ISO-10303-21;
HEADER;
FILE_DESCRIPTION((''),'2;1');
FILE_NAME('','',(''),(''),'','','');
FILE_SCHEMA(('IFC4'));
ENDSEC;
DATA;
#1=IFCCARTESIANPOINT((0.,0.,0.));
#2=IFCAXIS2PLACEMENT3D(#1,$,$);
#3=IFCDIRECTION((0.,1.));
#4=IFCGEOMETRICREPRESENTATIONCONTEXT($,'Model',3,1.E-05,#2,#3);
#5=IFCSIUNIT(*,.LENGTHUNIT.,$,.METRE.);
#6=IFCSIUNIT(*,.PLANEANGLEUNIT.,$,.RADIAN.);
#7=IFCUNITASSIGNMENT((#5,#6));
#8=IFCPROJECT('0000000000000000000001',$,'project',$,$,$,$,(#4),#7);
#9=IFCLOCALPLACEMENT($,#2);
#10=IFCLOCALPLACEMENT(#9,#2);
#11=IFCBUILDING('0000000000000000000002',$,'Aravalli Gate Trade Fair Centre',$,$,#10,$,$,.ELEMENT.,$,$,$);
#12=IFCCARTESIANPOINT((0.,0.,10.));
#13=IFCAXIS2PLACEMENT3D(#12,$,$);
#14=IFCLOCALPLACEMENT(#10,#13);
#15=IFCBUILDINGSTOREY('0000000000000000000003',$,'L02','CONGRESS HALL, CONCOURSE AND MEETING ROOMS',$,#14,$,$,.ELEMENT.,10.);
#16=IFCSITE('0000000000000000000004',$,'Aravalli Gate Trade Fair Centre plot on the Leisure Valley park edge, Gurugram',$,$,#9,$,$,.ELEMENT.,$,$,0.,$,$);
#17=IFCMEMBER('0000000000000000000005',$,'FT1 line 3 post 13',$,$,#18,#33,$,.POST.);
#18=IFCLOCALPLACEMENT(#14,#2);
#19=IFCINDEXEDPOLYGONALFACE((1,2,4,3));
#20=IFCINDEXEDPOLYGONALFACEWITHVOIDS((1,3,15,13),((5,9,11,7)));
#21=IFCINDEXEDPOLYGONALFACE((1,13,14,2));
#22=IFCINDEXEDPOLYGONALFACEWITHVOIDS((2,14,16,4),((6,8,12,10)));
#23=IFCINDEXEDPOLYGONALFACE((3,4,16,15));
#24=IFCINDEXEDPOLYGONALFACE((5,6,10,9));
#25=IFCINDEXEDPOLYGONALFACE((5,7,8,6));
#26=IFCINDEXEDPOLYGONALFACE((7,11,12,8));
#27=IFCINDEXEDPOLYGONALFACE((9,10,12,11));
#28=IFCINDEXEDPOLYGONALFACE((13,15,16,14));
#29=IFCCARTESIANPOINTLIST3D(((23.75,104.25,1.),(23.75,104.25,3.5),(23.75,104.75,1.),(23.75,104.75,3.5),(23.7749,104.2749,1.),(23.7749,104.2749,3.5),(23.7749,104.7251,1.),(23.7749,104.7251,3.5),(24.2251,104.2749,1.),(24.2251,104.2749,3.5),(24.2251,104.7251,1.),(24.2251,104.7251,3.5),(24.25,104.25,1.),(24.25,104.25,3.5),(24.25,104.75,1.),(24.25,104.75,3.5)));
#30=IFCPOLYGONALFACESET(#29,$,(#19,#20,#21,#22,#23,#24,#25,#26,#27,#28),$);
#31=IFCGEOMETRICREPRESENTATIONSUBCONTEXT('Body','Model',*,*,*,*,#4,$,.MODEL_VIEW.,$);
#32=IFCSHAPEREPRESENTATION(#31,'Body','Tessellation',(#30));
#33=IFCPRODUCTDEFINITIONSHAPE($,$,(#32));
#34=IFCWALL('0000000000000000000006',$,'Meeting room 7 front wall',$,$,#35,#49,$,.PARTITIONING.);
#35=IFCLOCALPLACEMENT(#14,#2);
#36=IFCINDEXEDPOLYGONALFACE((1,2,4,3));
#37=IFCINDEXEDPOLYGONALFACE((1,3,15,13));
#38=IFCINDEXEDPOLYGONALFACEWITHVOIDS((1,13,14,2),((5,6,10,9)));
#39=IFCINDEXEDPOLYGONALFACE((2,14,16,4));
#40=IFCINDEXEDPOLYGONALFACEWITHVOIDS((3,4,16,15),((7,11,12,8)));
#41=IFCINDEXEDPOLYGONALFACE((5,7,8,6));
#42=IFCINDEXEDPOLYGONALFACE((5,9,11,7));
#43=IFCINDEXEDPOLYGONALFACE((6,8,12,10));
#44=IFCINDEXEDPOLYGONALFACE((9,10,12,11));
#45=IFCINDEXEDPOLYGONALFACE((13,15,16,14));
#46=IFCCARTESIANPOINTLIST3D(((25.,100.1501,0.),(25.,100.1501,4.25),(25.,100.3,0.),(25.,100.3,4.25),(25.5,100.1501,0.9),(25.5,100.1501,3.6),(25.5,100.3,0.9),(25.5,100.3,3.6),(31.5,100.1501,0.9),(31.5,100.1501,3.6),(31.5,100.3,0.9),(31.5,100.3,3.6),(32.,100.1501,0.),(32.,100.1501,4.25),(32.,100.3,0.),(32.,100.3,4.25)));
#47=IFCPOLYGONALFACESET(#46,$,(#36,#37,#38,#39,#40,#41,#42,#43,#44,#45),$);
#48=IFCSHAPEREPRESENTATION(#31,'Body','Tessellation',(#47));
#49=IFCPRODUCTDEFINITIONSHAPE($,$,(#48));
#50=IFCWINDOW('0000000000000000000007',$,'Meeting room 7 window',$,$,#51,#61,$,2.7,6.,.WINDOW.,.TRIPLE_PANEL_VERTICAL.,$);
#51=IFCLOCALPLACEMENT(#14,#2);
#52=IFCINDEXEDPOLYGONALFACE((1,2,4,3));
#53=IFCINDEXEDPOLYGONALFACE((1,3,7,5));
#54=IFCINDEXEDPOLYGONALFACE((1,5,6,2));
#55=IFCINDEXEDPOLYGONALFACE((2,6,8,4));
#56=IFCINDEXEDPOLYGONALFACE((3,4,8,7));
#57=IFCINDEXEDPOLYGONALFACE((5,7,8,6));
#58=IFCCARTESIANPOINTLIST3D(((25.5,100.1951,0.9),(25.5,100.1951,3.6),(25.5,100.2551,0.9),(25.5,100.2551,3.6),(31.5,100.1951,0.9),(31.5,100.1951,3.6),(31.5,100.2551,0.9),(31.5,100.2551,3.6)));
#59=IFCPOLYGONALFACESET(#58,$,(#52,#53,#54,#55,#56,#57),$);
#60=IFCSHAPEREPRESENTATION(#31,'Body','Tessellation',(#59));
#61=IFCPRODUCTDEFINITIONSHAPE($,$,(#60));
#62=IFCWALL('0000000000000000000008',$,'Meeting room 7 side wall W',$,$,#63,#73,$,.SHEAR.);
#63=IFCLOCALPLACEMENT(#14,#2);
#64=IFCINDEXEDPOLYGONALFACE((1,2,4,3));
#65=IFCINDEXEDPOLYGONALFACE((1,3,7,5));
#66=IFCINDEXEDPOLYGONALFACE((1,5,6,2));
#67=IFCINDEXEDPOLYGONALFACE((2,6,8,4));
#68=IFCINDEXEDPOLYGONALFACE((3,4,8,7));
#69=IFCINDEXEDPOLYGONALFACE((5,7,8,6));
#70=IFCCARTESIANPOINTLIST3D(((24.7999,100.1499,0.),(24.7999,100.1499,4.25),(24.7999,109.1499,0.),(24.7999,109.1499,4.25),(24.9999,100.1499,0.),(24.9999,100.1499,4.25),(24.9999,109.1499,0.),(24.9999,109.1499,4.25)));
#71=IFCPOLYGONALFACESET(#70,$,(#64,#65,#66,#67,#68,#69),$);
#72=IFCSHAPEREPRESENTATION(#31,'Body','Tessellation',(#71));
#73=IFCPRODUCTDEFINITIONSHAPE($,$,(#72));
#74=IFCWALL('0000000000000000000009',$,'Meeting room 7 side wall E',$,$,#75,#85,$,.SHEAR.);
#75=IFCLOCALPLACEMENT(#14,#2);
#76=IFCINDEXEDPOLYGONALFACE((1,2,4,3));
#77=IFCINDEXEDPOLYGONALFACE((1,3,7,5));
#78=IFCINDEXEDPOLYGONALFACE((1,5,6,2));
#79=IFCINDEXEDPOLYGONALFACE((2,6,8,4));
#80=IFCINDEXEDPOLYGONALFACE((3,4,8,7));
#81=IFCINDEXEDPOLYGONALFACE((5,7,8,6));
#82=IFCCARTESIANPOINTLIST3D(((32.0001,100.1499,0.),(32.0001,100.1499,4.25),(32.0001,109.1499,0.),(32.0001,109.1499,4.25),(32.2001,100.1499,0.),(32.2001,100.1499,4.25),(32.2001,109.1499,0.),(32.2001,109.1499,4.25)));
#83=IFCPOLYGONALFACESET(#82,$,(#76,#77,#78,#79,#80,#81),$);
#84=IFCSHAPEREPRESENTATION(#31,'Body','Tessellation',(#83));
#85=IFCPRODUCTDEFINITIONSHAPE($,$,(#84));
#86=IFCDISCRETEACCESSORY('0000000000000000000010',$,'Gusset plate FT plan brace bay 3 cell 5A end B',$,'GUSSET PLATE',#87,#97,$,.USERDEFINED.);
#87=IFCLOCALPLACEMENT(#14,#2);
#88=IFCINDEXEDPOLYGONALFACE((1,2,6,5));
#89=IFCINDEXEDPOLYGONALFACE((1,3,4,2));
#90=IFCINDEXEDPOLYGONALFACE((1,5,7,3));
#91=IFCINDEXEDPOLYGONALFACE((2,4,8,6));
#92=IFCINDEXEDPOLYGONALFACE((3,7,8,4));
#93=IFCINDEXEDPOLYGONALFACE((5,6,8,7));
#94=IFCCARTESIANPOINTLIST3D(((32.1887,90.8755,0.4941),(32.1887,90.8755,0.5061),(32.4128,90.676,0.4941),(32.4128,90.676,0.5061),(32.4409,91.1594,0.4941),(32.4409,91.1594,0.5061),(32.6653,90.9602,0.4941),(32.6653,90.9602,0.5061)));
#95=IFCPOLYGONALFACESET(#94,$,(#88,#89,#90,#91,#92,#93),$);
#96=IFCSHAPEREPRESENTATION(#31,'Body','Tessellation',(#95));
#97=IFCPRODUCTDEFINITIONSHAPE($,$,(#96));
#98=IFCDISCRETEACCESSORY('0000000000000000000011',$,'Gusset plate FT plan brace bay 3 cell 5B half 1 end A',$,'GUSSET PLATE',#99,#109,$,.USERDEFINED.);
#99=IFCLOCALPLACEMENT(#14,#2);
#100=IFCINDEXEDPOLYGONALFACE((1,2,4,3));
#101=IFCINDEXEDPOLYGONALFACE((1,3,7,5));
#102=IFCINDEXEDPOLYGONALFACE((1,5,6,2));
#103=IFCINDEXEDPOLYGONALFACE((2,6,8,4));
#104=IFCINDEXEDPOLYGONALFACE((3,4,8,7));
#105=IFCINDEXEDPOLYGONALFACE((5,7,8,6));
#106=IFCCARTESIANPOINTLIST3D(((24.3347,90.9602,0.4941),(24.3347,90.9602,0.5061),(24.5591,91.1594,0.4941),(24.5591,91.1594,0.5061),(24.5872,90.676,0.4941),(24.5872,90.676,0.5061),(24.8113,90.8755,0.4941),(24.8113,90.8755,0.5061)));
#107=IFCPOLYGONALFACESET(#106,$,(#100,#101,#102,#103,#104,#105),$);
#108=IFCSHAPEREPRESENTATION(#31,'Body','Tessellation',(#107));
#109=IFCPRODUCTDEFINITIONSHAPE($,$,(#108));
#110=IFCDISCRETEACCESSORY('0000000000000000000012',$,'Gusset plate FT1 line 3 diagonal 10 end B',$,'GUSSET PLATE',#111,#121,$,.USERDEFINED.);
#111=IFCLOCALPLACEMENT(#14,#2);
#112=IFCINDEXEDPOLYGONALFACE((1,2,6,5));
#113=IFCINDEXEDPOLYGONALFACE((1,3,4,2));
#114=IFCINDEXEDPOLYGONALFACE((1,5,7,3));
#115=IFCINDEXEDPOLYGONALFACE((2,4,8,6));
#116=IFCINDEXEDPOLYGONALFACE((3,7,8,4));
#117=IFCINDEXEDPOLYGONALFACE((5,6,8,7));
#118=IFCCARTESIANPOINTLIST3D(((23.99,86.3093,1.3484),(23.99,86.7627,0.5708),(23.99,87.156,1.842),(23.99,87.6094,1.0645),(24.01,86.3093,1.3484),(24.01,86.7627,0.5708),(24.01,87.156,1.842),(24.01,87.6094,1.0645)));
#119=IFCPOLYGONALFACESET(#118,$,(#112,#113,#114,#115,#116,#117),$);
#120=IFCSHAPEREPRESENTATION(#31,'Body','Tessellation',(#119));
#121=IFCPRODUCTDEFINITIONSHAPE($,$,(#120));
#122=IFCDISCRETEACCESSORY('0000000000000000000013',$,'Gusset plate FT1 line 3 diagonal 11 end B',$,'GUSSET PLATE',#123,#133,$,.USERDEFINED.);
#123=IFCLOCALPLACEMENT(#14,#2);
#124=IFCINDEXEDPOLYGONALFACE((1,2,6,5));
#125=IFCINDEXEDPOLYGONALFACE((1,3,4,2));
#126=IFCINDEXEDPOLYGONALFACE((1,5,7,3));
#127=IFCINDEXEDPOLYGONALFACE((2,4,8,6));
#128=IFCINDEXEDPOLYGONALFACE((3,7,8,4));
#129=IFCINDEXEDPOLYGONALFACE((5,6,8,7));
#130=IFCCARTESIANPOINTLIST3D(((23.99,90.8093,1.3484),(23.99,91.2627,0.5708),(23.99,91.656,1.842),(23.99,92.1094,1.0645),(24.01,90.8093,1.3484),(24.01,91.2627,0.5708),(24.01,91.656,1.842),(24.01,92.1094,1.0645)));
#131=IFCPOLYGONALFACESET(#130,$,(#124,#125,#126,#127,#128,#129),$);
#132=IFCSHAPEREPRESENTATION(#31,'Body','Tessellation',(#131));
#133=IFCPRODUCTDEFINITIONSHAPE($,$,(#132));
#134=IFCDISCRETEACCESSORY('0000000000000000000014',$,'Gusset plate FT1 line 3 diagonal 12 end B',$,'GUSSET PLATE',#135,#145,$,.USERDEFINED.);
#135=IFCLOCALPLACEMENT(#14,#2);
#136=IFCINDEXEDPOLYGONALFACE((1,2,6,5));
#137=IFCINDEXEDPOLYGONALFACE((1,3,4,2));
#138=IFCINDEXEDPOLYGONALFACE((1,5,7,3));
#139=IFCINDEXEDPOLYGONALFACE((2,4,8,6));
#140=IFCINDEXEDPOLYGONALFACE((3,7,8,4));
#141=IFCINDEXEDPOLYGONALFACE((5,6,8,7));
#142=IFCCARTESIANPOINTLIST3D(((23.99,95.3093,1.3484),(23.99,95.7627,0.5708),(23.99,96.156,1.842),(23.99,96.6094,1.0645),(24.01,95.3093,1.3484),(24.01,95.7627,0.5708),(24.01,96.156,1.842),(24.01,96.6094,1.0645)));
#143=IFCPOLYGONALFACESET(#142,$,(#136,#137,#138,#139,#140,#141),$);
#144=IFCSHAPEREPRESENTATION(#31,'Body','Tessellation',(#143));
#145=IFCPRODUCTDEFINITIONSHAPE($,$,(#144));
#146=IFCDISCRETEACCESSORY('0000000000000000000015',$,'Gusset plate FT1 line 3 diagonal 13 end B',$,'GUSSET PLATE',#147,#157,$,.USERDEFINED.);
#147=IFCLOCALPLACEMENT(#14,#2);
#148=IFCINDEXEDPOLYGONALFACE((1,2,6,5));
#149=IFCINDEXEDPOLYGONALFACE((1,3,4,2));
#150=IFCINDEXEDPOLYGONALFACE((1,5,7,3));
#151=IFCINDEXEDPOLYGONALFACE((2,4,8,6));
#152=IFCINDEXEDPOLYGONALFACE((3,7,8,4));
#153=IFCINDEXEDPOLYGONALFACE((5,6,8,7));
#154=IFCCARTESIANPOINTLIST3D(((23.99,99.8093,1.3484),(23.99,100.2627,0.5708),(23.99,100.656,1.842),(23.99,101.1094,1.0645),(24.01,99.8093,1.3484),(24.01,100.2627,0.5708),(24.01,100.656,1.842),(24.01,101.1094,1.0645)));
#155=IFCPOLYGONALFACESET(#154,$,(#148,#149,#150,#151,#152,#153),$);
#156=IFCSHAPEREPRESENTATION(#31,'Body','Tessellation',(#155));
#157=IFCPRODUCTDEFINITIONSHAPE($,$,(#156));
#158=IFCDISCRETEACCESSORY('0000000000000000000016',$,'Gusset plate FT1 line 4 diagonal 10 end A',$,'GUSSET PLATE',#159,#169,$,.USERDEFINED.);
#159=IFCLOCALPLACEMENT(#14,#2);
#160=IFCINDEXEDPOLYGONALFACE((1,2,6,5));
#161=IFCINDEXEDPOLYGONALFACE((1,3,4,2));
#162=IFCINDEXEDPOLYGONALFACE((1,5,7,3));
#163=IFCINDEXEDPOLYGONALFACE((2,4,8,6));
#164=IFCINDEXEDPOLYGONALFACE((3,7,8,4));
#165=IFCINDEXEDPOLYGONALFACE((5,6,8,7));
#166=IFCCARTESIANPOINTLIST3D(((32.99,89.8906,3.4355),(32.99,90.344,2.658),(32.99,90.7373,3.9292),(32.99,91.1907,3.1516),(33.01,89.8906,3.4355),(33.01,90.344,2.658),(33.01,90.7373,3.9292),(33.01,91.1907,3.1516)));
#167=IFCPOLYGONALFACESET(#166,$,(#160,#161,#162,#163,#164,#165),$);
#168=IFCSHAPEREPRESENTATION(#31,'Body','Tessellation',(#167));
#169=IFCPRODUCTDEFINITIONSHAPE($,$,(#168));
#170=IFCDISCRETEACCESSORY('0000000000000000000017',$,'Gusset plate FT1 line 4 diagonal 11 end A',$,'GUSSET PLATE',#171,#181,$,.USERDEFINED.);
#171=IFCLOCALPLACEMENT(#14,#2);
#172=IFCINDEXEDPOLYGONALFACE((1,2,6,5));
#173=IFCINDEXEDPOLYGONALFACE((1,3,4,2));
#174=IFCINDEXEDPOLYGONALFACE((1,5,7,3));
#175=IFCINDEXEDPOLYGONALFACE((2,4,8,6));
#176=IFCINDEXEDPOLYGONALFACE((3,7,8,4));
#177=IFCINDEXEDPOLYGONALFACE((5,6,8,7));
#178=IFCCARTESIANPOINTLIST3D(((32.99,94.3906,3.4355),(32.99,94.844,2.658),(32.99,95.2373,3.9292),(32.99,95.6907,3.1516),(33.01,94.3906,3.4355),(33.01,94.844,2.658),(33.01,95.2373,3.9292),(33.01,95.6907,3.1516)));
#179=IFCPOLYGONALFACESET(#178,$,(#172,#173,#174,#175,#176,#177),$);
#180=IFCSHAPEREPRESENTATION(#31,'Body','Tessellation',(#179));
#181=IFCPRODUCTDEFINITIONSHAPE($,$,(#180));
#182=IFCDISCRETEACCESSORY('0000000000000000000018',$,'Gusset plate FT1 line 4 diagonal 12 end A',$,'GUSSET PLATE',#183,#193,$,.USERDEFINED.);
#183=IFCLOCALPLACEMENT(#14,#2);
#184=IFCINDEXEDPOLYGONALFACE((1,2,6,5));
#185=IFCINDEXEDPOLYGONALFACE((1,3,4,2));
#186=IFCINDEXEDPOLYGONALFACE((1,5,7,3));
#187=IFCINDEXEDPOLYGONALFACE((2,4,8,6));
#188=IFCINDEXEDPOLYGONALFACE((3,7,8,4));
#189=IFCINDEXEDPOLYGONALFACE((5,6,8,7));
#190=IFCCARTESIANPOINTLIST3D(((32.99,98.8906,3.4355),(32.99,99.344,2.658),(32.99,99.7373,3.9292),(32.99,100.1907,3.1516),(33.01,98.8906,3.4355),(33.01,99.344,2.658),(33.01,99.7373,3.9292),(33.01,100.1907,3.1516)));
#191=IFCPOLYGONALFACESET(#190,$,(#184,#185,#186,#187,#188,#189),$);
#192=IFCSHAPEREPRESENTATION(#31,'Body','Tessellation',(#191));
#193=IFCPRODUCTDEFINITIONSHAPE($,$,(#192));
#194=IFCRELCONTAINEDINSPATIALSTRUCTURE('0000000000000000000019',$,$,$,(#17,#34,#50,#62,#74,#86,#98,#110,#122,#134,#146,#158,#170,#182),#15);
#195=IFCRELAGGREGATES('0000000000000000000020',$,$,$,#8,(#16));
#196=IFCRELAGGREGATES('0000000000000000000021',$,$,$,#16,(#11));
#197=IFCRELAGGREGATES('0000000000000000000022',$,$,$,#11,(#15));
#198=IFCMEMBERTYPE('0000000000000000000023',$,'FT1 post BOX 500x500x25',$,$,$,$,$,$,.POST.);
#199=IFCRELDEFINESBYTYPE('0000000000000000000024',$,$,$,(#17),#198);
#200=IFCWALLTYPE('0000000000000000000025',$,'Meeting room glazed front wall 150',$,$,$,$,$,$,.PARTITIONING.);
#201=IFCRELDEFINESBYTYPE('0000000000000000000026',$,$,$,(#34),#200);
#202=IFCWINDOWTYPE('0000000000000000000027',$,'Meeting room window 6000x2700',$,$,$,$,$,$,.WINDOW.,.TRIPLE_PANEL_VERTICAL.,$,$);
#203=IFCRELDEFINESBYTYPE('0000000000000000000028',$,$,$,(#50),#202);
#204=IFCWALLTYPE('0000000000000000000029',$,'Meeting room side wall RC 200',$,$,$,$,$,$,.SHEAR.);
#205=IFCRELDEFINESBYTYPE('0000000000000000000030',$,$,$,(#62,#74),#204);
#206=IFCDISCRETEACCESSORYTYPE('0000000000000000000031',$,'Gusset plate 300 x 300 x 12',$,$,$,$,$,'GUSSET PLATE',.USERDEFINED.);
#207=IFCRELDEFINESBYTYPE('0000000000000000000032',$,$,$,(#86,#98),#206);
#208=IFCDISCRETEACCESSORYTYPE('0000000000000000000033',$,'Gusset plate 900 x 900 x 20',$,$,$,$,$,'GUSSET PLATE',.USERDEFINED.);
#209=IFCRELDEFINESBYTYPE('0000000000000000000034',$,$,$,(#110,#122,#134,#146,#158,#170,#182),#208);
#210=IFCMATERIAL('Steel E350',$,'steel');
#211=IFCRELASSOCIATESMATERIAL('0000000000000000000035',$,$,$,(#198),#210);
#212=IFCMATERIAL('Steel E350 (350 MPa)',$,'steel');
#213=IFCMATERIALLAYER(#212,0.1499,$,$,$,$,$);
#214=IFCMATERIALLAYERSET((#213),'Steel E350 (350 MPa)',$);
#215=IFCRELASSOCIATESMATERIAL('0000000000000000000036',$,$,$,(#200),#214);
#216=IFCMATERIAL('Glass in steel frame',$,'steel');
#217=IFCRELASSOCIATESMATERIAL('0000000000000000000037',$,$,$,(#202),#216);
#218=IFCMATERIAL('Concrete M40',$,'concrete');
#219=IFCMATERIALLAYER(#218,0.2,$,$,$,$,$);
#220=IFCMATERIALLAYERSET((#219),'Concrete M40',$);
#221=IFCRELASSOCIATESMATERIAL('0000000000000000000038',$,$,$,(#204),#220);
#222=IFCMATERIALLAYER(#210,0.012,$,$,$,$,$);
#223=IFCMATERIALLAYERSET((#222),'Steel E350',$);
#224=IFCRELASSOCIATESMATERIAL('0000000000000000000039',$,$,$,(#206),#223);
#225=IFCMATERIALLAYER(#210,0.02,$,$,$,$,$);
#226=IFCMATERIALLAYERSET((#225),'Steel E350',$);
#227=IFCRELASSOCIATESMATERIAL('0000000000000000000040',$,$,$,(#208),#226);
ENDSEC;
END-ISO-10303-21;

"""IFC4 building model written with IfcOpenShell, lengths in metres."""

from ifc_helpers import new_model, si_unit, direction, frame, frame_2d, origin, origin_2d, place, context, subcontext, project, spatial, polyline, rectangle, hollow_rectangle, outline, extrude, material, layer, layer_set, material_profile, profile_set, type_object, element, fill, save


model = new_model("IFC4")

# Units and contexts
model_context = context("Model", 3, precision=1e-05, world=origin(), true_north=direction((0.0, 1.0)))
body_context = subcontext(model_context, "Body", "Model", "MODEL_VIEW")
ifc_project = project(units=[si_unit("LENGTHUNIT", "METRE"), si_unit("PLANEANGLEUNIT", "RADIAN")], contexts=[model_context])

# Site, building, storey
site_placement = place(None, origin())
site = spatial("IfcSite", under=ifc_project, at=site_placement, Name="Aravalli Gate Trade Fair Centre plot on the Leisure Valley park edge, Gurugram", CompositionType="ELEMENT", RefElevation=0.0)
building_placement = place(site_placement, origin())
building = spatial("IfcBuilding", under=site, at=building_placement, Name="Aravalli Gate Trade Fair Centre", CompositionType="ELEMENT")
storey_placement = place(building_placement, frame((0.0, 0.0, 10.0)))
storey = spatial("IfcBuildingStorey", under=building, at=storey_placement, Name="L02", Description="CONGRESS HALL, CONCOURSE AND MEETING ROOMS", CompositionType="ELEMENT", Elevation=10.0)

# Member
ifc_material_1 = material(Name="Steel E350", Category="steel")
ifc_material_profile_1 = material_profile(ifc_material_1, hollow_rectangle(XDim=0.5, YDim=0.5, WallThickness=0.0249, at=origin_2d()), Name="BOX 500x500x25")
ifc_profile_set_1 = profile_set([ifc_material_profile_1], Name="Steel E350")
member_type_1 = type_object("IfcMemberType", Name="FT1 post BOX 500x500x25", PredefinedType="POST", material=ifc_profile_set_1)
for number, where, z_axis, x_axis, name in (
    (1, (24.0, 104.5, 1.0), (0.0, 0.0, 1.0), (1.0, 0.0, 0.0), "FT1 line 3 post 13"),
):
    element("IfcMember", number, at=place(storey_placement, frame(where, z_axis=z_axis, x_axis=x_axis)), inside=storey, type_object=member_type_1, Name=name, PredefinedType="POST", context=body_context, shape_type="SweptSolid", body=[
        extrude(hollow_rectangle(XDim=0.5, YDim=0.5, WallThickness=0.0249, at=origin_2d()), origin(), (0.0, 0.0, 1.0), 2.5),
    ])

# Wall, opening, window
ifc_material_2 = material(Name="Steel E350 (350 MPa)", Category="steel")
ifc_layer_1 = layer(ifc_material_2, 0.1499)
ifc_layer_set_1 = layer_set([ifc_layer_1], Name="Steel E350 (350 MPa)")
wall_type_1 = type_object("IfcWallType", Name="Meeting room glazed front wall 150", PredefinedType="PARTITIONING", material=ifc_layer_set_1)
wall_placement = place(storey_placement, frame((25.0, 100.2251, 0.0), z_axis=(0.0, 0.0, 1.0), x_axis=(1.0, 0.0, 0.0)))
wall = element("IfcWall", 2, at=wall_placement, inside=storey, type_object=wall_type_1, Name="Meeting room 7 front wall", PredefinedType="PARTITIONING", context=body_context, shape_type="SweptSolid", body=[
    extrude(rectangle(XDim=7.0, YDim=0.1499, at=frame_2d((3.5, 0.0))), origin(), (0.0, 0.0, 1.0), 4.25),
])
opening_placement = place(wall_placement, frame((0.5, 0.0, 0.8999)))
opening = element("IfcOpeningElement", 3, at=opening_placement, cuts=wall, PredefinedType="OPENING", context=body_context, shape_type="SweptSolid", body=[
    extrude(rectangle(XDim=6.0, YDim=2.7, at=frame_2d((3.0, 1.3501))), frame((0.0, 0.085, 0.0), z_axis=(0.0, -1.0, 0.0), x_axis=(1.0, 0.0, 0.0)), (0.0, 0.0, 1.0), 0.1699),
])
ifc_material_3 = material(Name="Glass in steel frame", Category="steel")
window_type = type_object("IfcWindowType", Name="Meeting room window 6000x2700", PartitioningType="TRIPLE_PANEL_VERTICAL", PredefinedType="WINDOW", material=ifc_material_3)
window_placement = place(opening_placement, origin())
window = element("IfcWindow", 4, at=window_placement, inside=storey, type_object=window_type, Name="Meeting room 7 window", OverallHeight=2.7, OverallWidth=6.0, PartitioningType="TRIPLE_PANEL_VERTICAL", PredefinedType="WINDOW", context=body_context, shape_type="SweptSolid", body=[
    extrude(rectangle(XDim=6.0, YDim=2.7, at=frame_2d((3.0, 1.3501))), frame((0.0, 0.03, 0.0), z_axis=(0.0, -1.0, 0.0), x_axis=(1.0, 0.0, 0.0)), (0.0, 0.0, 1.0), 0.0601),
])
fill(opening, window)

# Walls
ifc_material_4 = material(Name="Concrete M40", Category="concrete")
ifc_layer_2 = layer(ifc_material_4, 0.2)
ifc_layer_set_2 = layer_set([ifc_layer_2], Name="Concrete M40")
wall_type_2 = type_object("IfcWallType", Name="Meeting room side wall RC 200", PredefinedType="SHEAR", material=ifc_layer_set_2)
for number, where, z_axis, x_axis, name in (
    (5, (24.8999, 100.1499, 0.0), (0.0, 0.0, 1.0), (0.0, 1.0, 0.0), "Meeting room 7 side wall W"),
    (6, (32.1001, 100.1499, 0.0), (0.0, 0.0, 1.0), (0.0, 1.0, 0.0), "Meeting room 7 side wall E"),
):
    element("IfcWall", number, at=place(storey_placement, frame(where, z_axis=z_axis, x_axis=x_axis)), inside=storey, type_object=wall_type_2, Name=name, PredefinedType="SHEAR", context=body_context, shape_type="SweptSolid", body=[
        extrude(rectangle(XDim=9.0, YDim=0.2, at=frame_2d((4.5, 0.0))), origin(), (0.0, 0.0, 1.0), 4.25),
    ])

# Discrete accessories
ifc_layer_3 = layer(ifc_material_1, 0.012)
ifc_layer_set_3 = layer_set([ifc_layer_3], Name="Steel E350")
discrete_accessory_type_1 = type_object("IfcDiscreteAccessoryType", Name="Gusset plate 300 x 300 x 12", ElementType="GUSSET PLATE", PredefinedType="USERDEFINED", material=ifc_layer_set_3)
discrete_accessory_1_placement = place(storey_placement, frame((32.4128, 90.676, 0.5061), z_axis=(0.0, 0.0, 1.0), x_axis=(0.664125, 0.747622, 0.0)))
element("IfcDiscreteAccessory", 7, at=discrete_accessory_1_placement, inside=storey, type_object=discrete_accessory_type_1, Name="Gusset plate FT plan brace bay 3 cell 5A end B", ObjectType="GUSSET PLATE", PredefinedType="USERDEFINED", context=body_context, shape_type="SweptSolid", body=[
    extrude(outline(polyline([(0.0, 0.0), (0.3801, 0.0), (0.38, 0.3), (0.0003, 0.3), (0.0, 0.0)])), origin(), (0.0, 0.0, -1.0), 0.012),
])
discrete_accessory_2_placement = place(storey_placement, frame((24.5872, 90.676, 0.5061), z_axis=(0.0, 0.0, 1.0), x_axis=(-0.664125, 0.747622, 0.0)))
element("IfcDiscreteAccessory", 8, at=discrete_accessory_2_placement, inside=storey, type_object=discrete_accessory_type_1, Name="Gusset plate FT plan brace bay 3 cell 5B half 1 end A", ObjectType="GUSSET PLATE", PredefinedType="USERDEFINED", context=body_context, shape_type="SweptSolid", body=[
    extrude(outline(polyline([(0.0, 0.0), (0.3801, 0.0), (0.38, -0.3), (0.0003, -0.3), (0.0, 0.0)])), origin(), (0.0, 0.0, -1.0), 0.012),
])
ifc_layer_4 = layer(ifc_material_1, 0.02)
ifc_layer_set_4 = layer_set([ifc_layer_4], Name="Steel E350")
discrete_accessory_type_2 = type_object("IfcDiscreteAccessoryType", Name="Gusset plate 900 x 900 x 20", ElementType="GUSSET PLATE", PredefinedType="USERDEFINED", material=ifc_layer_set_4)
for number, where, z_axis, x_axis, name in (
    (9, (24.01, 87.156, 1.842), (1.0, 0.0, 0.0), (0.0, -0.863887, -0.503685), "Gusset plate FT1 line 3 diagonal 10 end B"),
    (10, (24.01, 91.656, 1.842), (1.0, 0.0, 0.0), (0.0, -0.863887, -0.503685), "Gusset plate FT1 line 3 diagonal 11 end B"),
    (11, (24.01, 96.156, 1.842), (1.0, 0.0, 0.0), (0.0, -0.863887, -0.503685), "Gusset plate FT1 line 3 diagonal 12 end B"),
    (12, (24.01, 100.656, 1.842), (1.0, 0.0, 0.0), (0.0, -0.863887, -0.503685), "Gusset plate FT1 line 3 diagonal 13 end B"),
):
    element("IfcDiscreteAccessory", number, at=place(storey_placement, frame(where, z_axis=z_axis, x_axis=x_axis)), inside=storey, type_object=discrete_accessory_type_2, Name=name, ObjectType="GUSSET PLATE", PredefinedType="USERDEFINED", context=body_context, shape_type="SweptSolid", body=[
        extrude(outline(polyline([(0.0, 0.0), (0.9801, 0.0), (0.9801, 0.9001), (0.0, 0.9001), (0.0, 0.0)])), origin(), (0.0, 0.0, -1.0), 0.02),
    ])
for number, where, z_axis, x_axis, name in (
    (13, (32.99, 89.8906, 3.4355), (-1.0, 0.0, 0.0), (0.0, 0.863887, 0.503685), "Gusset plate FT1 line 4 diagonal 10 end A"),
    (14, (32.99, 94.3906, 3.4355), (-1.0, 0.0, 0.0), (0.0, 0.863887, 0.503685), "Gusset plate FT1 line 4 diagonal 11 end A"),
    (15, (32.99, 98.8906, 3.4355), (-1.0, 0.0, 0.0), (0.0, 0.863887, 0.503685), "Gusset plate FT1 line 4 diagonal 12 end A"),
):
    element("IfcDiscreteAccessory", number, at=place(storey_placement, frame(where, z_axis=z_axis, x_axis=x_axis)), inside=storey, type_object=discrete_accessory_type_2, Name=name, ObjectType="GUSSET PLATE", PredefinedType="USERDEFINED", context=body_context, shape_type="SweptSolid", body=[
        extrude(outline(polyline([(0.0, 0.0), (0.9801, 0.0), (0.9801, 0.9001), (0.0, 0.9001), (0.0, 0.0)])), origin(), (0.0, 0.0, -1.0), 0.02),
    ])

save(model, "model.ifc")
